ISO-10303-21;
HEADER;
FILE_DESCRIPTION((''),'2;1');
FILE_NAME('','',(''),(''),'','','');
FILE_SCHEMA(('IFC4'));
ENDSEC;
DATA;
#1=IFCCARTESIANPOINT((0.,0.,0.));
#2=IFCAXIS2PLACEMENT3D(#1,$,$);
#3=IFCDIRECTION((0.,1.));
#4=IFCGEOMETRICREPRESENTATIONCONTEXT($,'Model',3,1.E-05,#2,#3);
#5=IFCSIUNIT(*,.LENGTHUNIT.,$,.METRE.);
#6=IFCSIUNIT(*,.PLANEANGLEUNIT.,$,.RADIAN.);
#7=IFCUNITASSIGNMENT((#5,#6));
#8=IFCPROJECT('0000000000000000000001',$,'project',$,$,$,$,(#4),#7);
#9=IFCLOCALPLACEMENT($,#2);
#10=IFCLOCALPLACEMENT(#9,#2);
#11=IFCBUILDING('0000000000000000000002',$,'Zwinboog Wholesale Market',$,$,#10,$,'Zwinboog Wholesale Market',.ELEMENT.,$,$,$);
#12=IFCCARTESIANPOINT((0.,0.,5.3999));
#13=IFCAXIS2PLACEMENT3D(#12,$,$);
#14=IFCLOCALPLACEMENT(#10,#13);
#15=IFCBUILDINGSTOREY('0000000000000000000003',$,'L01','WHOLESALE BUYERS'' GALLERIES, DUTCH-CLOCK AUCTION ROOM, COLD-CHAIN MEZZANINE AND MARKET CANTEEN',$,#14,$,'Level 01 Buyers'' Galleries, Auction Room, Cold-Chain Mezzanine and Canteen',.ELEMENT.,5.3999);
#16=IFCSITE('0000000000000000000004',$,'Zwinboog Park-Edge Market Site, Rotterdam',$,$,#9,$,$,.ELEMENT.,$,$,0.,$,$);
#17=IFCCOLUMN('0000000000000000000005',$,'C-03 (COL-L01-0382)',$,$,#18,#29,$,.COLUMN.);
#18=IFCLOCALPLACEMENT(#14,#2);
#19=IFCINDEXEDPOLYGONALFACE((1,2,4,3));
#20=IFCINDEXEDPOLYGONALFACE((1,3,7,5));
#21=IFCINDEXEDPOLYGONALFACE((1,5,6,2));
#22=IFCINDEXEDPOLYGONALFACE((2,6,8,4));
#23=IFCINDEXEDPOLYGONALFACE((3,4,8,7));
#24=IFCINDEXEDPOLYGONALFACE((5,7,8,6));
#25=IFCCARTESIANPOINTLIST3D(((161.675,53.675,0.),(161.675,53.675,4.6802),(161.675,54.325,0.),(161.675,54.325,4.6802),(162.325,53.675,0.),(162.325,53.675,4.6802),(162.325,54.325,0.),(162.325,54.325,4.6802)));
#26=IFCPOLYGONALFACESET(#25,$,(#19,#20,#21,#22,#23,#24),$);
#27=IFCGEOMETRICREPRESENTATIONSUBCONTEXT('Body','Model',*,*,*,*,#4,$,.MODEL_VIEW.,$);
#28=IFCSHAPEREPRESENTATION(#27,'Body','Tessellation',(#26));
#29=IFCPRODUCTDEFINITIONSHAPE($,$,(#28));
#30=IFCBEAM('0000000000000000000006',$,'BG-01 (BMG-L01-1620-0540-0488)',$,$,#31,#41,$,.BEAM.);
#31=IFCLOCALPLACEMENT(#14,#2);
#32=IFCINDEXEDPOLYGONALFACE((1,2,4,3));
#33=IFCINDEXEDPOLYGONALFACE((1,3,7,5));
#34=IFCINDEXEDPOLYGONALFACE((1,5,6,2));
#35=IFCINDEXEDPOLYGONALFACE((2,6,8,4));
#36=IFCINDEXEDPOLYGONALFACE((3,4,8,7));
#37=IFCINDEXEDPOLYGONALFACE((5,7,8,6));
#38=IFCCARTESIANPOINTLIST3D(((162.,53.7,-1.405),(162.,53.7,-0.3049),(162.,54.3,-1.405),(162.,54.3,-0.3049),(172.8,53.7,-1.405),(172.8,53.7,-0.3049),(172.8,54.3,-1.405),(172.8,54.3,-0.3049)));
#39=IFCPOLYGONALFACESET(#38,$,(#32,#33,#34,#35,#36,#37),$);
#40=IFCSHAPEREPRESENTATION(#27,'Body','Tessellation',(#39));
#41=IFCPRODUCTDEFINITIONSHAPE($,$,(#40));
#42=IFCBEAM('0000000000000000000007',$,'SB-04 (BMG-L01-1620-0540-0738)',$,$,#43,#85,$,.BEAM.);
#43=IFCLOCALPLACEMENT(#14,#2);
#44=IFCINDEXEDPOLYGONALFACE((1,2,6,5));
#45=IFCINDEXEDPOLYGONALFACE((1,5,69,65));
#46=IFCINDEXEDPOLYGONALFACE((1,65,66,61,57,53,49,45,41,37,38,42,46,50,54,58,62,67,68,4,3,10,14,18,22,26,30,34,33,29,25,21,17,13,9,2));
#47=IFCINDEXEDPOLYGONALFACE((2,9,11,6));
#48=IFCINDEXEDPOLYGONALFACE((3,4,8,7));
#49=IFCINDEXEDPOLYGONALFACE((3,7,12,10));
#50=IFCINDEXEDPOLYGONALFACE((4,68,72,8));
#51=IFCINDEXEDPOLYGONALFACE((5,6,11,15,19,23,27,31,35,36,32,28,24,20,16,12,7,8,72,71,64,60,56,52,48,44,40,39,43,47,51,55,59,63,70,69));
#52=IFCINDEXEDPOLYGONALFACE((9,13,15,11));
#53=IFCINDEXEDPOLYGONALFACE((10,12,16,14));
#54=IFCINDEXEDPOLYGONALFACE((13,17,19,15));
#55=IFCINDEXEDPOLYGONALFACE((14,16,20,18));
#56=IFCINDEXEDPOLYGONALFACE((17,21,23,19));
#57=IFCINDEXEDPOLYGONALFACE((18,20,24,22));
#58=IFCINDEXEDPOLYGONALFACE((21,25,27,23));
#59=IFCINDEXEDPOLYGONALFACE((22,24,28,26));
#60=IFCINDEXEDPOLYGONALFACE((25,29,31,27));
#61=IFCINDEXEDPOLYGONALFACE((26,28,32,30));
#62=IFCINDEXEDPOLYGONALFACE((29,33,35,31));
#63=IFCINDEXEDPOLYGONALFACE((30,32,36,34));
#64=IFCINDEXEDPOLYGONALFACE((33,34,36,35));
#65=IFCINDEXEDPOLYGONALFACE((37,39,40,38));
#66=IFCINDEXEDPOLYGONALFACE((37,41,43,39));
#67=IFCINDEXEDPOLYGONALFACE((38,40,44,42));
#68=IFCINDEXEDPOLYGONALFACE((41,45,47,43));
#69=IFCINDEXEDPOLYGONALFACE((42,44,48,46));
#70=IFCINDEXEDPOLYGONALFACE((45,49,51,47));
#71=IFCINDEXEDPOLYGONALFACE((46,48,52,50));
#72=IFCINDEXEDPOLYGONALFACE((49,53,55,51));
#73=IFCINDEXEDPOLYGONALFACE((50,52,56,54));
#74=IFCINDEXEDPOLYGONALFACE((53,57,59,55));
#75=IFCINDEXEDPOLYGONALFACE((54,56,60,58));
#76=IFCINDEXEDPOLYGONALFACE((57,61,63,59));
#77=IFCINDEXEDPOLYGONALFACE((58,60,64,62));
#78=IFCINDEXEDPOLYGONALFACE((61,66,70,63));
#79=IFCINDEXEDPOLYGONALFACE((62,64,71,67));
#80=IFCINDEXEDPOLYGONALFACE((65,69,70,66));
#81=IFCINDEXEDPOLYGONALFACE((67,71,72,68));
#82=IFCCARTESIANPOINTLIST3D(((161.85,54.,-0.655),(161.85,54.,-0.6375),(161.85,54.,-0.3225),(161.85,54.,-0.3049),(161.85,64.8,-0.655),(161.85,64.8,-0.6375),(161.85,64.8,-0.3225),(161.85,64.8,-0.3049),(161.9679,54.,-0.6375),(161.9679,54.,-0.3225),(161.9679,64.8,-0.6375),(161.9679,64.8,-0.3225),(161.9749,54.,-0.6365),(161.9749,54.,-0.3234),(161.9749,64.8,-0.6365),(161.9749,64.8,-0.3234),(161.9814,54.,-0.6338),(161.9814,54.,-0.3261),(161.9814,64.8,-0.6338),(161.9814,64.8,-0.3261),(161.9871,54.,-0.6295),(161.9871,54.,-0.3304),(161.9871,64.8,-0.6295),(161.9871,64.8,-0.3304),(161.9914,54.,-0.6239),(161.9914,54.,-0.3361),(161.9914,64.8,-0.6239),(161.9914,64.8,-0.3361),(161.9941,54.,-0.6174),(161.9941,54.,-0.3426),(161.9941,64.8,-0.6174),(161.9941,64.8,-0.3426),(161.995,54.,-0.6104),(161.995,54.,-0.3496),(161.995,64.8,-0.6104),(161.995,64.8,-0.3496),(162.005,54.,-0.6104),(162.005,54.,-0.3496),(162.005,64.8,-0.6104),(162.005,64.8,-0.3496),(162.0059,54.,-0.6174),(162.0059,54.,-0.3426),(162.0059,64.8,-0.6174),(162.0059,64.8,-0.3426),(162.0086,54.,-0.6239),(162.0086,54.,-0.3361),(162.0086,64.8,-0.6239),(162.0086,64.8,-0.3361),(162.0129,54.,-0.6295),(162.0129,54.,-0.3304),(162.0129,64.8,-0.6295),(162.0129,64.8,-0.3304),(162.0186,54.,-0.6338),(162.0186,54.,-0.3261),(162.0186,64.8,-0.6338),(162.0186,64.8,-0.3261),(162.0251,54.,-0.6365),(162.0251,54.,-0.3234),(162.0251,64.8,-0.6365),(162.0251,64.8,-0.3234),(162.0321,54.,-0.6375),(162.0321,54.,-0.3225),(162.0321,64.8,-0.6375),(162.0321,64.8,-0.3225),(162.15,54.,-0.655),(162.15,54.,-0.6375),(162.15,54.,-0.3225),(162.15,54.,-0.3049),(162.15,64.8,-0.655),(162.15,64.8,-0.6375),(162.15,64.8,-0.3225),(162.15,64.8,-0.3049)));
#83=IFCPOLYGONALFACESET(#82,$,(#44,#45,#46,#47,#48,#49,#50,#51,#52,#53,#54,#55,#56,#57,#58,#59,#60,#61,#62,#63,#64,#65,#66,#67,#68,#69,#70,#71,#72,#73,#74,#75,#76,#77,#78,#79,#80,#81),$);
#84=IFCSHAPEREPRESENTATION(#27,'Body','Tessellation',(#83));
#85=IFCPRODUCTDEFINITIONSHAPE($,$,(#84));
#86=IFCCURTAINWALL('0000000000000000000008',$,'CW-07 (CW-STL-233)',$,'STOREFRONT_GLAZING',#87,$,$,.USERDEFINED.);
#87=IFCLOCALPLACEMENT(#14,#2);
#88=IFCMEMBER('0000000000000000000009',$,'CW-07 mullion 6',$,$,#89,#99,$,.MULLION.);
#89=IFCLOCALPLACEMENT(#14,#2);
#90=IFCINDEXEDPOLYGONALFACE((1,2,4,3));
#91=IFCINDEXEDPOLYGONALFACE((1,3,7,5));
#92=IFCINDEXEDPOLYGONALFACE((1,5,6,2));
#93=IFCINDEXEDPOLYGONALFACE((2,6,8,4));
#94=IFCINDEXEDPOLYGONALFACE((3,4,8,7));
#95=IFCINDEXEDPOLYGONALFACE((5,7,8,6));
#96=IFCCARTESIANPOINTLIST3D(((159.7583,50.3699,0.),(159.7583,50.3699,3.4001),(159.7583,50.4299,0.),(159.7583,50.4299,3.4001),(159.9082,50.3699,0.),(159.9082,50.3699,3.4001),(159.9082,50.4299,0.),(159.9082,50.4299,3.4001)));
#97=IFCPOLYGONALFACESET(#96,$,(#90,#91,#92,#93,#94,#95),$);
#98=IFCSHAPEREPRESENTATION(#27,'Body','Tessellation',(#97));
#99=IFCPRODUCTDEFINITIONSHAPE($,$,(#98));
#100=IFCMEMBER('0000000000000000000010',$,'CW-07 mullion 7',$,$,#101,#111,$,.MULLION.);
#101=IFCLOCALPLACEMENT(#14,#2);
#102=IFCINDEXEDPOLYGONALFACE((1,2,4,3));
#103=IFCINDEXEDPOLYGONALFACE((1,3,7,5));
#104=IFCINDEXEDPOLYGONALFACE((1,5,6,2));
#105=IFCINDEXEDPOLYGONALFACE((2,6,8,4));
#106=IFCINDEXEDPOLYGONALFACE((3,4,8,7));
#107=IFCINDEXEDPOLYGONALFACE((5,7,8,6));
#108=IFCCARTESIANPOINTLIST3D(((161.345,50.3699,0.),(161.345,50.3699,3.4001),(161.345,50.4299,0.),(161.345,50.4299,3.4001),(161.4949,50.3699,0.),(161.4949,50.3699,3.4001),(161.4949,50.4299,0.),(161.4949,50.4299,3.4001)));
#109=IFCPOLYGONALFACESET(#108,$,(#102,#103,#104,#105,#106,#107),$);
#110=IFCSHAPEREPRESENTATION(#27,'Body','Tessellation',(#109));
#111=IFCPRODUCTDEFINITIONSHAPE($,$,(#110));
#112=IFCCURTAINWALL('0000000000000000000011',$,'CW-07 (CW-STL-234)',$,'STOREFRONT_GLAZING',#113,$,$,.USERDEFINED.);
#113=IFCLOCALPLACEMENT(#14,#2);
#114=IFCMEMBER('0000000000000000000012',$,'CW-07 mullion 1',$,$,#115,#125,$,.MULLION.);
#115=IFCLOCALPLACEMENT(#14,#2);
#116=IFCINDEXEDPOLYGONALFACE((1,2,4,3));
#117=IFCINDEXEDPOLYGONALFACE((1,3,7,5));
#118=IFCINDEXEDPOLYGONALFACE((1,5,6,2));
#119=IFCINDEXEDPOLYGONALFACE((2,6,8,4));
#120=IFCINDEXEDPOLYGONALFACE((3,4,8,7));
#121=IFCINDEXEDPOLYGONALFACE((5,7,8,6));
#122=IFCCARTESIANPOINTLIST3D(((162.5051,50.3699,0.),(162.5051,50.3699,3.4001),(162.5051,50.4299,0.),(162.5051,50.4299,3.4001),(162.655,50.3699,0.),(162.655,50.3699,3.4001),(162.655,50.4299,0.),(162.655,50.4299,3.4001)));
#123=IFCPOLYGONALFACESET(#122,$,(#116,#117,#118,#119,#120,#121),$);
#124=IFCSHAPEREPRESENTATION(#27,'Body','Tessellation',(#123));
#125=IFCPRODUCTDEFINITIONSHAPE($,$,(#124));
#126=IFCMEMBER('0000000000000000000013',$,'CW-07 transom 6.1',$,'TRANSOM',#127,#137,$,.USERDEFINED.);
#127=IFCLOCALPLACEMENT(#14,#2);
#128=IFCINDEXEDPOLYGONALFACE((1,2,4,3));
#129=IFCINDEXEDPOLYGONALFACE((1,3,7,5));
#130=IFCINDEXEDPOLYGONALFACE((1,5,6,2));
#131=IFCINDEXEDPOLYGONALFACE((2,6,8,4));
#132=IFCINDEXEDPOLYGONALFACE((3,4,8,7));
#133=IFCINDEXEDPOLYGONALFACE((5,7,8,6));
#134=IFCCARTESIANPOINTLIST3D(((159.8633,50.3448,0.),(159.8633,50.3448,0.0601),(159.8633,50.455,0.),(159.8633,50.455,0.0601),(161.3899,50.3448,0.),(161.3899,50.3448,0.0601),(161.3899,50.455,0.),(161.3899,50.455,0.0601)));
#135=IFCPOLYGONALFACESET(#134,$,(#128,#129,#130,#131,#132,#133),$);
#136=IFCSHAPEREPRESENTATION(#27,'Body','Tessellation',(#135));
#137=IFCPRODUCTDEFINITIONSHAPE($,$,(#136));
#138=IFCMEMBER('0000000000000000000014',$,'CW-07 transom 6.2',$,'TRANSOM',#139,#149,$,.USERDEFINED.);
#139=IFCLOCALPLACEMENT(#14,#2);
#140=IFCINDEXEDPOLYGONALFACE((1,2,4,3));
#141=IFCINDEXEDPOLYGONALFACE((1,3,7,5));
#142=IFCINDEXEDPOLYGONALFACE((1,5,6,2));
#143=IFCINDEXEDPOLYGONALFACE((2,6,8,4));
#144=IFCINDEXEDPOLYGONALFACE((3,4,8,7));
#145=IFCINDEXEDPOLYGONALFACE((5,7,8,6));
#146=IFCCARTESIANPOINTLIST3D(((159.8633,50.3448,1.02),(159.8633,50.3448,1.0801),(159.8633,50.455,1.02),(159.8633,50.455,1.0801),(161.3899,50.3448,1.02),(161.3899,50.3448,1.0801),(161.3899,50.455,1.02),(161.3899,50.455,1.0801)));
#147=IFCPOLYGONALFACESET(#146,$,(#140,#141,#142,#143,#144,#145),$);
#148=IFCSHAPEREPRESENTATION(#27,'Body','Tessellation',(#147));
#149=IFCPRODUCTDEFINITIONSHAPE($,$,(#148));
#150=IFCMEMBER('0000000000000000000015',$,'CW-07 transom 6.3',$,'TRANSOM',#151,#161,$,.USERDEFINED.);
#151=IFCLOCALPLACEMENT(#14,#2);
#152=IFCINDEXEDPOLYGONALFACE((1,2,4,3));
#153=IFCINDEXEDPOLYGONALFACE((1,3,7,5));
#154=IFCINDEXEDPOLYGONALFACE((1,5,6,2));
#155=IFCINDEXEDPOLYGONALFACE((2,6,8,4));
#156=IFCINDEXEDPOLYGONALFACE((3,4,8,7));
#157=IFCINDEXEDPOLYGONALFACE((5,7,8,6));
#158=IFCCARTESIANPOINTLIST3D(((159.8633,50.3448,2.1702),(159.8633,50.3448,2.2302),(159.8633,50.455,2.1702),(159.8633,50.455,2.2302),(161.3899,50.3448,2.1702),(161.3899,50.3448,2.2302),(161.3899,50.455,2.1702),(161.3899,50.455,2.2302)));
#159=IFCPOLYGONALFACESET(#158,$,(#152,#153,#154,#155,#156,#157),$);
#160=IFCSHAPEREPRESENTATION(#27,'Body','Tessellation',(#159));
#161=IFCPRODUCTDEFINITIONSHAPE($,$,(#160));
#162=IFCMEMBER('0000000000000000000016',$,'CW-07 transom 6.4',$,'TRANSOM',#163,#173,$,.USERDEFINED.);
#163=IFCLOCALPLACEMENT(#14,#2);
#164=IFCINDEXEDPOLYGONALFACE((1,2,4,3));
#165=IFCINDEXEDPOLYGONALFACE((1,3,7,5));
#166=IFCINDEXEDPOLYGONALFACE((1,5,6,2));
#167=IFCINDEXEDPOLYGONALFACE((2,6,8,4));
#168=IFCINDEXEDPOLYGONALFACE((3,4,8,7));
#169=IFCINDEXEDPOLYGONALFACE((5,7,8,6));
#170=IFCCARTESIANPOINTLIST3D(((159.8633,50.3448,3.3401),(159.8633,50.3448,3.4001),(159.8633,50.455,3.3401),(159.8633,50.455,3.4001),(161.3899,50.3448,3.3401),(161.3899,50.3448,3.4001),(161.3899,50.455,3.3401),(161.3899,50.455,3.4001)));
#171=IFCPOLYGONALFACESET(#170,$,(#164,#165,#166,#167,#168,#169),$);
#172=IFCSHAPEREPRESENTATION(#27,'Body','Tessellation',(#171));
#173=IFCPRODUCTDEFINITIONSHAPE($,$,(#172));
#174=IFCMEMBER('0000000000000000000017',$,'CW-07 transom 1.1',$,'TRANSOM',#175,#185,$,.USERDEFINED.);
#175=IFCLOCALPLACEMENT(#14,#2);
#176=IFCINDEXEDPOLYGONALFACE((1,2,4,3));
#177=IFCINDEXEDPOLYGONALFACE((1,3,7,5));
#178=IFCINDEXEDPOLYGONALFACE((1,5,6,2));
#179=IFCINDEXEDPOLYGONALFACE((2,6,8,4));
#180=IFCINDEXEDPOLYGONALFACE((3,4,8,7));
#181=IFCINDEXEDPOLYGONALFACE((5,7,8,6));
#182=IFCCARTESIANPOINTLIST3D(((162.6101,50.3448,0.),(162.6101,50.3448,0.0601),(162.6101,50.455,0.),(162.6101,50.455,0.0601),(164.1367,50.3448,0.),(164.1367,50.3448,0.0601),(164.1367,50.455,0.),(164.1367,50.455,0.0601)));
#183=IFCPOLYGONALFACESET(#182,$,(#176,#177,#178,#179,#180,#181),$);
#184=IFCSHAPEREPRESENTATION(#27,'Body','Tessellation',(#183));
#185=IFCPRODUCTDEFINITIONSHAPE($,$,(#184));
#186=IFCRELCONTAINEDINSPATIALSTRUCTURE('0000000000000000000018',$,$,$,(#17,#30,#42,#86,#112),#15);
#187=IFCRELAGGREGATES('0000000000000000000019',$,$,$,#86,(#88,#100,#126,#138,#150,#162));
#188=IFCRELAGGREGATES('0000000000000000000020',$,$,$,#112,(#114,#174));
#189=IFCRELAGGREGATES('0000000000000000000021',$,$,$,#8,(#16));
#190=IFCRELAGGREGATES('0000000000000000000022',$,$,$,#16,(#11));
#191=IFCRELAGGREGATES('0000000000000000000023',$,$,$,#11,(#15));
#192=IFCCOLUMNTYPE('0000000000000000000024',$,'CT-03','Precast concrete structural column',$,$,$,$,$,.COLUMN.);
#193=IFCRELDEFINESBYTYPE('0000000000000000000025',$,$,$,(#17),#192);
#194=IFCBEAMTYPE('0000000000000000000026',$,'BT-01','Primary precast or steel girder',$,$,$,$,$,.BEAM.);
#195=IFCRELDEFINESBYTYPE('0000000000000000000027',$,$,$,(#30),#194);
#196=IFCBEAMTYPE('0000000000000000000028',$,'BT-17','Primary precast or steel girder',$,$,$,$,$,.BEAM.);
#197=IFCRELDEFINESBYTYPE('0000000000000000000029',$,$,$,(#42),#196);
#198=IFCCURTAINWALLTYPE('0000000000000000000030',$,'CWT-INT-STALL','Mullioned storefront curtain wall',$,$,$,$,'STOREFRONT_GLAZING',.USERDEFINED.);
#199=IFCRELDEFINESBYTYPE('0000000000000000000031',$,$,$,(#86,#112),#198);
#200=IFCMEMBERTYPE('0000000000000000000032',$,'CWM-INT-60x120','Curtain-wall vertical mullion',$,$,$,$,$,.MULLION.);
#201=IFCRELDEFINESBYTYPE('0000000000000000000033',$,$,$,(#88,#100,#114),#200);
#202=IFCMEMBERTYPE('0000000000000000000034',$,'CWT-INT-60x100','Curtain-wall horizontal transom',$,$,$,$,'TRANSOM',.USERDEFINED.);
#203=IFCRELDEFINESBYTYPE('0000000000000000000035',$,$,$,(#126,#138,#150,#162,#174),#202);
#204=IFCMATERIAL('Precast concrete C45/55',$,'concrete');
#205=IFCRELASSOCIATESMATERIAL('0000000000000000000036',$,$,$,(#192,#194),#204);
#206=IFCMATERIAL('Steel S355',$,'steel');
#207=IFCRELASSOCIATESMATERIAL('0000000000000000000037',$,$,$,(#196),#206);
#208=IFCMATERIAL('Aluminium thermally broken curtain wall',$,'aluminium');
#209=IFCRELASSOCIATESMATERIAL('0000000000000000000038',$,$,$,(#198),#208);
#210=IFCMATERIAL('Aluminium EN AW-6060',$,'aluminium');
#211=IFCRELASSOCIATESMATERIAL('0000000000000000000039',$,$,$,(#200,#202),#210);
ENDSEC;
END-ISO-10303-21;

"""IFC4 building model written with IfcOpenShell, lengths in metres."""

from ifc_helpers import new_model, si_unit, direction, frame, origin, origin_2d, place, context, subcontext, project, spatial, rectangle, i_section, extrude, material, material_profile, profile_set, type_object, element, aggregate, save


model = new_model("IFC4")

# Units and contexts
model_context = context("Model", 3, precision=1e-05, world=origin(), true_north=direction((0.0, 1.0)))
body_context = subcontext(model_context, "Body", "Model", "MODEL_VIEW")
ifc_project = project(units=[si_unit("LENGTHUNIT", "METRE"), si_unit("PLANEANGLEUNIT", "RADIAN")], contexts=[model_context])

# Site, building, storey
site_placement = place(None, origin())
site = spatial("IfcSite", under=ifc_project, at=site_placement, Name="Zwinboog Park-Edge Market Site, Rotterdam", CompositionType="ELEMENT", RefElevation=0.0)
building_placement = place(site_placement, origin())
building = spatial("IfcBuilding", under=site, at=building_placement, Name="Zwinboog Wholesale Market", LongName="Zwinboog Wholesale Market", CompositionType="ELEMENT")
storey_placement = place(building_placement, frame((0.0, 0.0, 5.3999)))
storey = spatial("IfcBuildingStorey", under=building, at=storey_placement, Name="L01", Description="WHOLESALE BUYERS' GALLERIES, DUTCH-CLOCK AUCTION ROOM, COLD-CHAIN MEZZANINE AND MARKET CANTEEN", LongName="Level 01 Buyers' Galleries, Auction Room, Cold-Chain Mezzanine and Canteen", CompositionType="ELEMENT", Elevation=5.3999)

# Column
ifc_material_1 = material(Name="Precast concrete C45/55", Category="concrete")
ifc_material_profile_1 = material_profile(ifc_material_1, rectangle(XDim=0.6499, YDim=0.6499, at=origin_2d()), Name="PC 650x650")
ifc_profile_set_1 = profile_set([ifc_material_profile_1], Name="Precast concrete C45/55")
column_type = type_object("IfcColumnType", Name="CT-03", Description="Precast concrete structural column", PredefinedType="COLUMN", material=ifc_profile_set_1)
column_placement = place(storey_placement, frame((162.0, 54.0, 0.0), z_axis=(0.0, 0.0, 1.0), x_axis=(1.0, 0.0, 0.0)))
element("IfcColumn", 1, at=column_placement, inside=storey, type_object=column_type, Name="C-03 (COL-L01-0382)", PredefinedType="COLUMN", context=body_context, shape_type="SweptSolid", body=[
    extrude(rectangle(XDim=0.6499, YDim=0.6499, at=origin_2d()), origin(), (0.0, 0.0, 1.0), 4.6802),
])

# Beams
ifc_material_profile_2 = material_profile(ifc_material_1, rectangle(XDim=0.6001, YDim=1.1001, at=origin_2d()), Name="PC 600x1100")
ifc_profile_set_2 = profile_set([ifc_material_profile_2], Name="Precast concrete C45/55")
beam_type_1 = type_object("IfcBeamType", Name="BT-01", Description="Primary precast or steel girder", PredefinedType="BEAM", material=ifc_profile_set_2)
beam_1_placement = place(storey_placement, frame((162.0, 54.0, -0.855), z_axis=(1.0, 0.0, 0.0), x_axis=(0.0, 1.0, 0.0)))
element("IfcBeam", 2, at=beam_1_placement, inside=storey, type_object=beam_type_1, Name="BG-01 (BMG-L01-1620-0540-0488)", PredefinedType="BEAM", context=body_context, shape_type="SweptSolid", body=[
    extrude(rectangle(XDim=0.6001, YDim=1.1001, at=origin_2d()), origin(), (0.0, 0.0, 1.0), 10.8),
])
ifc_material_2 = material(Name="Steel S355", Category="steel")
ifc_material_profile_3 = material_profile(ifc_material_2, i_section(OverallWidth=0.3, OverallDepth=0.3501, WebThickness=0.01, FlangeThickness=0.0176, FilletRadius=0.0271, at=origin_2d()), Name="HEA 360")
ifc_profile_set_3 = profile_set([ifc_material_profile_3], Name="Steel S355")
beam_type_2 = type_object("IfcBeamType", Name="BT-17", Description="Primary precast or steel girder", PredefinedType="BEAM", material=ifc_profile_set_3)
beam_2_placement = place(storey_placement, frame((162.0, 54.0, -0.48), z_axis=(0.0, 1.0, 0.0), x_axis=(-1.0, 0.0, 0.0)))
element("IfcBeam", 3, at=beam_2_placement, inside=storey, type_object=beam_type_2, Name="SB-04 (BMG-L01-1620-0540-0738)", PredefinedType="BEAM", context=body_context, shape_type="SweptSolid", body=[
    extrude(i_section(OverallWidth=0.3, OverallDepth=0.3501, WebThickness=0.01, FlangeThickness=0.0176, FilletRadius=0.0271, at=origin_2d()), origin(), (0.0, 0.0, 1.0), 10.8),
])

# Curtain wall, members
ifc_material_3 = material(Name="Aluminium thermally broken curtain wall", Category="aluminium")
curtain_wall_type = type_object("IfcCurtainWallType", Name="CWT-INT-STALL", Description="Mullioned storefront curtain wall", ElementType="STOREFRONT_GLAZING", PredefinedType="USERDEFINED", material=ifc_material_3)
curtain_wall_1_placement = place(storey_placement, origin())
curtain_wall_1 = element("IfcCurtainWall", 4, at=curtain_wall_1_placement, inside=storey, type_object=curtain_wall_type, Name="CW-07 (CW-STL-233)", ObjectType="STOREFRONT_GLAZING", PredefinedType="USERDEFINED")
ifc_material_4 = material(Name="Aluminium EN AW-6060", Category="aluminium")
ifc_material_profile_4 = material_profile(ifc_material_4, rectangle(XDim=0.0601, YDim=0.1499, at=origin_2d()), Name="AL 60x150")
ifc_profile_set_4 = profile_set([ifc_material_profile_4], Name="Aluminium EN AW-6060")
member_type_1 = type_object("IfcMemberType", Name="CWM-INT-60x120", Description="Curtain-wall vertical mullion", PredefinedType="MULLION", material=ifc_profile_set_4)
member_1_placement = place(storey_placement, frame((159.8333, 50.3999, 0.0), z_axis=(0.0, 0.0, 1.0), x_axis=(0.0, 1.0, 0.0)))
member_1 = element("IfcMember", 5, at=member_1_placement, type_object=member_type_1, Name="CW-07 mullion 6", PredefinedType="MULLION", context=body_context, shape_type="SweptSolid", body=[
    extrude(rectangle(XDim=0.0601, YDim=0.1499, at=origin_2d()), origin(), (0.0, 0.0, 1.0), 3.4001),
])
member_2_placement = place(storey_placement, frame((161.4199, 50.3999, 0.0), z_axis=(0.0, 0.0, 1.0), x_axis=(0.0, 1.0, 0.0)))
member_2 = element("IfcMember", 6, at=member_2_placement, type_object=member_type_1, Name="CW-07 mullion 7", PredefinedType="MULLION", context=body_context, shape_type="SweptSolid", body=[
    extrude(rectangle(XDim=0.0601, YDim=0.1499, at=origin_2d()), origin(), (0.0, 0.0, 1.0), 3.4001),
])

# Curtain wall, member
curtain_wall_2_placement = place(storey_placement, origin())
curtain_wall_2 = element("IfcCurtainWall", 7, at=curtain_wall_2_placement, inside=storey, type_object=curtain_wall_type, Name="CW-07 (CW-STL-234)", ObjectType="STOREFRONT_GLAZING", PredefinedType="USERDEFINED")
member_3_placement = place(storey_placement, frame((162.5801, 50.3999, 0.0), z_axis=(0.0, 0.0, 1.0), x_axis=(0.0, 1.0, 0.0)))
member_3 = element("IfcMember", 8, at=member_3_placement, type_object=member_type_1, Name="CW-07 mullion 1", PredefinedType="MULLION", context=body_context, shape_type="SweptSolid", body=[
    extrude(rectangle(XDim=0.0601, YDim=0.1499, at=origin_2d()), origin(), (0.0, 0.0, 1.0), 3.4001),
])

# Members
ifc_material_profile_5 = material_profile(ifc_material_4, rectangle(XDim=0.1101, YDim=0.0601, at=origin_2d()), Name="AL 60x110")
ifc_profile_set_5 = profile_set([ifc_material_profile_5], Name="Aluminium EN AW-6060")
member_type_2 = type_object("IfcMemberType", Name="CWT-INT-60x100", Description="Curtain-wall horizontal transom", ElementType="TRANSOM", PredefinedType="USERDEFINED", material=ifc_profile_set_5)
member_4_placement = place(storey_placement, frame((159.8633, 50.3999, 0.03), z_axis=(1.0, 0.0, 0.0), x_axis=(0.0, 1.0, 0.0)))
member_4 = element("IfcMember", 9, at=member_4_placement, type_object=member_type_2, Name="CW-07 transom 6.1", ObjectType="TRANSOM", PredefinedType="USERDEFINED", context=body_context, shape_type="SweptSolid", body=[
    extrude(rectangle(XDim=0.1101, YDim=0.0601, at=origin_2d()), origin(), (0.0, 0.0, 1.0), 1.5266),
])
member_5_placement = place(storey_placement, frame((159.8633, 50.3999, 1.05), z_axis=(1.0, 0.0, 0.0), x_axis=(0.0, 1.0, 0.0)))
member_5 = element("IfcMember", 10, at=member_5_placement, type_object=member_type_2, Name="CW-07 transom 6.2", ObjectType="TRANSOM", PredefinedType="USERDEFINED", context=body_context, shape_type="SweptSolid", body=[
    extrude(rectangle(XDim=0.1101, YDim=0.0601, at=origin_2d()), origin(), (0.0, 0.0, 1.0), 1.5266),
])
member_6_placement = place(storey_placement, frame((159.8633, 50.3999, 2.2002), z_axis=(1.0, 0.0, 0.0), x_axis=(0.0, 1.0, 0.0)))
member_6 = element("IfcMember", 11, at=member_6_placement, type_object=member_type_2, Name="CW-07 transom 6.3", ObjectType="TRANSOM", PredefinedType="USERDEFINED", context=body_context, shape_type="SweptSolid", body=[
    extrude(rectangle(XDim=0.1101, YDim=0.0601, at=origin_2d()), origin(), (0.0, 0.0, 1.0), 1.5266),
])
member_7_placement = place(storey_placement, frame((159.8633, 50.3999, 3.3701), z_axis=(1.0, 0.0, 0.0), x_axis=(0.0, 1.0, 0.0)))
member_7 = element("IfcMember", 12, at=member_7_placement, type_object=member_type_2, Name="CW-07 transom 6.4", ObjectType="TRANSOM", PredefinedType="USERDEFINED", context=body_context, shape_type="SweptSolid", body=[
    extrude(rectangle(XDim=0.1101, YDim=0.0601, at=origin_2d()), origin(), (0.0, 0.0, 1.0), 1.5266),
])
member_8_placement = place(storey_placement, frame((162.6101, 50.3999, 0.03), z_axis=(1.0, 0.0, 0.0), x_axis=(0.0, 1.0, 0.0)))
member_8 = element("IfcMember", 13, at=member_8_placement, type_object=member_type_2, Name="CW-07 transom 1.1", ObjectType="TRANSOM", PredefinedType="USERDEFINED", context=body_context, shape_type="SweptSolid", body=[
    extrude(rectangle(XDim=0.1101, YDim=0.0601, at=origin_2d()), origin(), (0.0, 0.0, 1.0), 1.5266),
])

aggregate(curtain_wall_1, [member_1, member_2, member_4, member_5, member_6, member_7])
aggregate(curtain_wall_2, [member_3, member_8])

save(model, "model.ifc")
